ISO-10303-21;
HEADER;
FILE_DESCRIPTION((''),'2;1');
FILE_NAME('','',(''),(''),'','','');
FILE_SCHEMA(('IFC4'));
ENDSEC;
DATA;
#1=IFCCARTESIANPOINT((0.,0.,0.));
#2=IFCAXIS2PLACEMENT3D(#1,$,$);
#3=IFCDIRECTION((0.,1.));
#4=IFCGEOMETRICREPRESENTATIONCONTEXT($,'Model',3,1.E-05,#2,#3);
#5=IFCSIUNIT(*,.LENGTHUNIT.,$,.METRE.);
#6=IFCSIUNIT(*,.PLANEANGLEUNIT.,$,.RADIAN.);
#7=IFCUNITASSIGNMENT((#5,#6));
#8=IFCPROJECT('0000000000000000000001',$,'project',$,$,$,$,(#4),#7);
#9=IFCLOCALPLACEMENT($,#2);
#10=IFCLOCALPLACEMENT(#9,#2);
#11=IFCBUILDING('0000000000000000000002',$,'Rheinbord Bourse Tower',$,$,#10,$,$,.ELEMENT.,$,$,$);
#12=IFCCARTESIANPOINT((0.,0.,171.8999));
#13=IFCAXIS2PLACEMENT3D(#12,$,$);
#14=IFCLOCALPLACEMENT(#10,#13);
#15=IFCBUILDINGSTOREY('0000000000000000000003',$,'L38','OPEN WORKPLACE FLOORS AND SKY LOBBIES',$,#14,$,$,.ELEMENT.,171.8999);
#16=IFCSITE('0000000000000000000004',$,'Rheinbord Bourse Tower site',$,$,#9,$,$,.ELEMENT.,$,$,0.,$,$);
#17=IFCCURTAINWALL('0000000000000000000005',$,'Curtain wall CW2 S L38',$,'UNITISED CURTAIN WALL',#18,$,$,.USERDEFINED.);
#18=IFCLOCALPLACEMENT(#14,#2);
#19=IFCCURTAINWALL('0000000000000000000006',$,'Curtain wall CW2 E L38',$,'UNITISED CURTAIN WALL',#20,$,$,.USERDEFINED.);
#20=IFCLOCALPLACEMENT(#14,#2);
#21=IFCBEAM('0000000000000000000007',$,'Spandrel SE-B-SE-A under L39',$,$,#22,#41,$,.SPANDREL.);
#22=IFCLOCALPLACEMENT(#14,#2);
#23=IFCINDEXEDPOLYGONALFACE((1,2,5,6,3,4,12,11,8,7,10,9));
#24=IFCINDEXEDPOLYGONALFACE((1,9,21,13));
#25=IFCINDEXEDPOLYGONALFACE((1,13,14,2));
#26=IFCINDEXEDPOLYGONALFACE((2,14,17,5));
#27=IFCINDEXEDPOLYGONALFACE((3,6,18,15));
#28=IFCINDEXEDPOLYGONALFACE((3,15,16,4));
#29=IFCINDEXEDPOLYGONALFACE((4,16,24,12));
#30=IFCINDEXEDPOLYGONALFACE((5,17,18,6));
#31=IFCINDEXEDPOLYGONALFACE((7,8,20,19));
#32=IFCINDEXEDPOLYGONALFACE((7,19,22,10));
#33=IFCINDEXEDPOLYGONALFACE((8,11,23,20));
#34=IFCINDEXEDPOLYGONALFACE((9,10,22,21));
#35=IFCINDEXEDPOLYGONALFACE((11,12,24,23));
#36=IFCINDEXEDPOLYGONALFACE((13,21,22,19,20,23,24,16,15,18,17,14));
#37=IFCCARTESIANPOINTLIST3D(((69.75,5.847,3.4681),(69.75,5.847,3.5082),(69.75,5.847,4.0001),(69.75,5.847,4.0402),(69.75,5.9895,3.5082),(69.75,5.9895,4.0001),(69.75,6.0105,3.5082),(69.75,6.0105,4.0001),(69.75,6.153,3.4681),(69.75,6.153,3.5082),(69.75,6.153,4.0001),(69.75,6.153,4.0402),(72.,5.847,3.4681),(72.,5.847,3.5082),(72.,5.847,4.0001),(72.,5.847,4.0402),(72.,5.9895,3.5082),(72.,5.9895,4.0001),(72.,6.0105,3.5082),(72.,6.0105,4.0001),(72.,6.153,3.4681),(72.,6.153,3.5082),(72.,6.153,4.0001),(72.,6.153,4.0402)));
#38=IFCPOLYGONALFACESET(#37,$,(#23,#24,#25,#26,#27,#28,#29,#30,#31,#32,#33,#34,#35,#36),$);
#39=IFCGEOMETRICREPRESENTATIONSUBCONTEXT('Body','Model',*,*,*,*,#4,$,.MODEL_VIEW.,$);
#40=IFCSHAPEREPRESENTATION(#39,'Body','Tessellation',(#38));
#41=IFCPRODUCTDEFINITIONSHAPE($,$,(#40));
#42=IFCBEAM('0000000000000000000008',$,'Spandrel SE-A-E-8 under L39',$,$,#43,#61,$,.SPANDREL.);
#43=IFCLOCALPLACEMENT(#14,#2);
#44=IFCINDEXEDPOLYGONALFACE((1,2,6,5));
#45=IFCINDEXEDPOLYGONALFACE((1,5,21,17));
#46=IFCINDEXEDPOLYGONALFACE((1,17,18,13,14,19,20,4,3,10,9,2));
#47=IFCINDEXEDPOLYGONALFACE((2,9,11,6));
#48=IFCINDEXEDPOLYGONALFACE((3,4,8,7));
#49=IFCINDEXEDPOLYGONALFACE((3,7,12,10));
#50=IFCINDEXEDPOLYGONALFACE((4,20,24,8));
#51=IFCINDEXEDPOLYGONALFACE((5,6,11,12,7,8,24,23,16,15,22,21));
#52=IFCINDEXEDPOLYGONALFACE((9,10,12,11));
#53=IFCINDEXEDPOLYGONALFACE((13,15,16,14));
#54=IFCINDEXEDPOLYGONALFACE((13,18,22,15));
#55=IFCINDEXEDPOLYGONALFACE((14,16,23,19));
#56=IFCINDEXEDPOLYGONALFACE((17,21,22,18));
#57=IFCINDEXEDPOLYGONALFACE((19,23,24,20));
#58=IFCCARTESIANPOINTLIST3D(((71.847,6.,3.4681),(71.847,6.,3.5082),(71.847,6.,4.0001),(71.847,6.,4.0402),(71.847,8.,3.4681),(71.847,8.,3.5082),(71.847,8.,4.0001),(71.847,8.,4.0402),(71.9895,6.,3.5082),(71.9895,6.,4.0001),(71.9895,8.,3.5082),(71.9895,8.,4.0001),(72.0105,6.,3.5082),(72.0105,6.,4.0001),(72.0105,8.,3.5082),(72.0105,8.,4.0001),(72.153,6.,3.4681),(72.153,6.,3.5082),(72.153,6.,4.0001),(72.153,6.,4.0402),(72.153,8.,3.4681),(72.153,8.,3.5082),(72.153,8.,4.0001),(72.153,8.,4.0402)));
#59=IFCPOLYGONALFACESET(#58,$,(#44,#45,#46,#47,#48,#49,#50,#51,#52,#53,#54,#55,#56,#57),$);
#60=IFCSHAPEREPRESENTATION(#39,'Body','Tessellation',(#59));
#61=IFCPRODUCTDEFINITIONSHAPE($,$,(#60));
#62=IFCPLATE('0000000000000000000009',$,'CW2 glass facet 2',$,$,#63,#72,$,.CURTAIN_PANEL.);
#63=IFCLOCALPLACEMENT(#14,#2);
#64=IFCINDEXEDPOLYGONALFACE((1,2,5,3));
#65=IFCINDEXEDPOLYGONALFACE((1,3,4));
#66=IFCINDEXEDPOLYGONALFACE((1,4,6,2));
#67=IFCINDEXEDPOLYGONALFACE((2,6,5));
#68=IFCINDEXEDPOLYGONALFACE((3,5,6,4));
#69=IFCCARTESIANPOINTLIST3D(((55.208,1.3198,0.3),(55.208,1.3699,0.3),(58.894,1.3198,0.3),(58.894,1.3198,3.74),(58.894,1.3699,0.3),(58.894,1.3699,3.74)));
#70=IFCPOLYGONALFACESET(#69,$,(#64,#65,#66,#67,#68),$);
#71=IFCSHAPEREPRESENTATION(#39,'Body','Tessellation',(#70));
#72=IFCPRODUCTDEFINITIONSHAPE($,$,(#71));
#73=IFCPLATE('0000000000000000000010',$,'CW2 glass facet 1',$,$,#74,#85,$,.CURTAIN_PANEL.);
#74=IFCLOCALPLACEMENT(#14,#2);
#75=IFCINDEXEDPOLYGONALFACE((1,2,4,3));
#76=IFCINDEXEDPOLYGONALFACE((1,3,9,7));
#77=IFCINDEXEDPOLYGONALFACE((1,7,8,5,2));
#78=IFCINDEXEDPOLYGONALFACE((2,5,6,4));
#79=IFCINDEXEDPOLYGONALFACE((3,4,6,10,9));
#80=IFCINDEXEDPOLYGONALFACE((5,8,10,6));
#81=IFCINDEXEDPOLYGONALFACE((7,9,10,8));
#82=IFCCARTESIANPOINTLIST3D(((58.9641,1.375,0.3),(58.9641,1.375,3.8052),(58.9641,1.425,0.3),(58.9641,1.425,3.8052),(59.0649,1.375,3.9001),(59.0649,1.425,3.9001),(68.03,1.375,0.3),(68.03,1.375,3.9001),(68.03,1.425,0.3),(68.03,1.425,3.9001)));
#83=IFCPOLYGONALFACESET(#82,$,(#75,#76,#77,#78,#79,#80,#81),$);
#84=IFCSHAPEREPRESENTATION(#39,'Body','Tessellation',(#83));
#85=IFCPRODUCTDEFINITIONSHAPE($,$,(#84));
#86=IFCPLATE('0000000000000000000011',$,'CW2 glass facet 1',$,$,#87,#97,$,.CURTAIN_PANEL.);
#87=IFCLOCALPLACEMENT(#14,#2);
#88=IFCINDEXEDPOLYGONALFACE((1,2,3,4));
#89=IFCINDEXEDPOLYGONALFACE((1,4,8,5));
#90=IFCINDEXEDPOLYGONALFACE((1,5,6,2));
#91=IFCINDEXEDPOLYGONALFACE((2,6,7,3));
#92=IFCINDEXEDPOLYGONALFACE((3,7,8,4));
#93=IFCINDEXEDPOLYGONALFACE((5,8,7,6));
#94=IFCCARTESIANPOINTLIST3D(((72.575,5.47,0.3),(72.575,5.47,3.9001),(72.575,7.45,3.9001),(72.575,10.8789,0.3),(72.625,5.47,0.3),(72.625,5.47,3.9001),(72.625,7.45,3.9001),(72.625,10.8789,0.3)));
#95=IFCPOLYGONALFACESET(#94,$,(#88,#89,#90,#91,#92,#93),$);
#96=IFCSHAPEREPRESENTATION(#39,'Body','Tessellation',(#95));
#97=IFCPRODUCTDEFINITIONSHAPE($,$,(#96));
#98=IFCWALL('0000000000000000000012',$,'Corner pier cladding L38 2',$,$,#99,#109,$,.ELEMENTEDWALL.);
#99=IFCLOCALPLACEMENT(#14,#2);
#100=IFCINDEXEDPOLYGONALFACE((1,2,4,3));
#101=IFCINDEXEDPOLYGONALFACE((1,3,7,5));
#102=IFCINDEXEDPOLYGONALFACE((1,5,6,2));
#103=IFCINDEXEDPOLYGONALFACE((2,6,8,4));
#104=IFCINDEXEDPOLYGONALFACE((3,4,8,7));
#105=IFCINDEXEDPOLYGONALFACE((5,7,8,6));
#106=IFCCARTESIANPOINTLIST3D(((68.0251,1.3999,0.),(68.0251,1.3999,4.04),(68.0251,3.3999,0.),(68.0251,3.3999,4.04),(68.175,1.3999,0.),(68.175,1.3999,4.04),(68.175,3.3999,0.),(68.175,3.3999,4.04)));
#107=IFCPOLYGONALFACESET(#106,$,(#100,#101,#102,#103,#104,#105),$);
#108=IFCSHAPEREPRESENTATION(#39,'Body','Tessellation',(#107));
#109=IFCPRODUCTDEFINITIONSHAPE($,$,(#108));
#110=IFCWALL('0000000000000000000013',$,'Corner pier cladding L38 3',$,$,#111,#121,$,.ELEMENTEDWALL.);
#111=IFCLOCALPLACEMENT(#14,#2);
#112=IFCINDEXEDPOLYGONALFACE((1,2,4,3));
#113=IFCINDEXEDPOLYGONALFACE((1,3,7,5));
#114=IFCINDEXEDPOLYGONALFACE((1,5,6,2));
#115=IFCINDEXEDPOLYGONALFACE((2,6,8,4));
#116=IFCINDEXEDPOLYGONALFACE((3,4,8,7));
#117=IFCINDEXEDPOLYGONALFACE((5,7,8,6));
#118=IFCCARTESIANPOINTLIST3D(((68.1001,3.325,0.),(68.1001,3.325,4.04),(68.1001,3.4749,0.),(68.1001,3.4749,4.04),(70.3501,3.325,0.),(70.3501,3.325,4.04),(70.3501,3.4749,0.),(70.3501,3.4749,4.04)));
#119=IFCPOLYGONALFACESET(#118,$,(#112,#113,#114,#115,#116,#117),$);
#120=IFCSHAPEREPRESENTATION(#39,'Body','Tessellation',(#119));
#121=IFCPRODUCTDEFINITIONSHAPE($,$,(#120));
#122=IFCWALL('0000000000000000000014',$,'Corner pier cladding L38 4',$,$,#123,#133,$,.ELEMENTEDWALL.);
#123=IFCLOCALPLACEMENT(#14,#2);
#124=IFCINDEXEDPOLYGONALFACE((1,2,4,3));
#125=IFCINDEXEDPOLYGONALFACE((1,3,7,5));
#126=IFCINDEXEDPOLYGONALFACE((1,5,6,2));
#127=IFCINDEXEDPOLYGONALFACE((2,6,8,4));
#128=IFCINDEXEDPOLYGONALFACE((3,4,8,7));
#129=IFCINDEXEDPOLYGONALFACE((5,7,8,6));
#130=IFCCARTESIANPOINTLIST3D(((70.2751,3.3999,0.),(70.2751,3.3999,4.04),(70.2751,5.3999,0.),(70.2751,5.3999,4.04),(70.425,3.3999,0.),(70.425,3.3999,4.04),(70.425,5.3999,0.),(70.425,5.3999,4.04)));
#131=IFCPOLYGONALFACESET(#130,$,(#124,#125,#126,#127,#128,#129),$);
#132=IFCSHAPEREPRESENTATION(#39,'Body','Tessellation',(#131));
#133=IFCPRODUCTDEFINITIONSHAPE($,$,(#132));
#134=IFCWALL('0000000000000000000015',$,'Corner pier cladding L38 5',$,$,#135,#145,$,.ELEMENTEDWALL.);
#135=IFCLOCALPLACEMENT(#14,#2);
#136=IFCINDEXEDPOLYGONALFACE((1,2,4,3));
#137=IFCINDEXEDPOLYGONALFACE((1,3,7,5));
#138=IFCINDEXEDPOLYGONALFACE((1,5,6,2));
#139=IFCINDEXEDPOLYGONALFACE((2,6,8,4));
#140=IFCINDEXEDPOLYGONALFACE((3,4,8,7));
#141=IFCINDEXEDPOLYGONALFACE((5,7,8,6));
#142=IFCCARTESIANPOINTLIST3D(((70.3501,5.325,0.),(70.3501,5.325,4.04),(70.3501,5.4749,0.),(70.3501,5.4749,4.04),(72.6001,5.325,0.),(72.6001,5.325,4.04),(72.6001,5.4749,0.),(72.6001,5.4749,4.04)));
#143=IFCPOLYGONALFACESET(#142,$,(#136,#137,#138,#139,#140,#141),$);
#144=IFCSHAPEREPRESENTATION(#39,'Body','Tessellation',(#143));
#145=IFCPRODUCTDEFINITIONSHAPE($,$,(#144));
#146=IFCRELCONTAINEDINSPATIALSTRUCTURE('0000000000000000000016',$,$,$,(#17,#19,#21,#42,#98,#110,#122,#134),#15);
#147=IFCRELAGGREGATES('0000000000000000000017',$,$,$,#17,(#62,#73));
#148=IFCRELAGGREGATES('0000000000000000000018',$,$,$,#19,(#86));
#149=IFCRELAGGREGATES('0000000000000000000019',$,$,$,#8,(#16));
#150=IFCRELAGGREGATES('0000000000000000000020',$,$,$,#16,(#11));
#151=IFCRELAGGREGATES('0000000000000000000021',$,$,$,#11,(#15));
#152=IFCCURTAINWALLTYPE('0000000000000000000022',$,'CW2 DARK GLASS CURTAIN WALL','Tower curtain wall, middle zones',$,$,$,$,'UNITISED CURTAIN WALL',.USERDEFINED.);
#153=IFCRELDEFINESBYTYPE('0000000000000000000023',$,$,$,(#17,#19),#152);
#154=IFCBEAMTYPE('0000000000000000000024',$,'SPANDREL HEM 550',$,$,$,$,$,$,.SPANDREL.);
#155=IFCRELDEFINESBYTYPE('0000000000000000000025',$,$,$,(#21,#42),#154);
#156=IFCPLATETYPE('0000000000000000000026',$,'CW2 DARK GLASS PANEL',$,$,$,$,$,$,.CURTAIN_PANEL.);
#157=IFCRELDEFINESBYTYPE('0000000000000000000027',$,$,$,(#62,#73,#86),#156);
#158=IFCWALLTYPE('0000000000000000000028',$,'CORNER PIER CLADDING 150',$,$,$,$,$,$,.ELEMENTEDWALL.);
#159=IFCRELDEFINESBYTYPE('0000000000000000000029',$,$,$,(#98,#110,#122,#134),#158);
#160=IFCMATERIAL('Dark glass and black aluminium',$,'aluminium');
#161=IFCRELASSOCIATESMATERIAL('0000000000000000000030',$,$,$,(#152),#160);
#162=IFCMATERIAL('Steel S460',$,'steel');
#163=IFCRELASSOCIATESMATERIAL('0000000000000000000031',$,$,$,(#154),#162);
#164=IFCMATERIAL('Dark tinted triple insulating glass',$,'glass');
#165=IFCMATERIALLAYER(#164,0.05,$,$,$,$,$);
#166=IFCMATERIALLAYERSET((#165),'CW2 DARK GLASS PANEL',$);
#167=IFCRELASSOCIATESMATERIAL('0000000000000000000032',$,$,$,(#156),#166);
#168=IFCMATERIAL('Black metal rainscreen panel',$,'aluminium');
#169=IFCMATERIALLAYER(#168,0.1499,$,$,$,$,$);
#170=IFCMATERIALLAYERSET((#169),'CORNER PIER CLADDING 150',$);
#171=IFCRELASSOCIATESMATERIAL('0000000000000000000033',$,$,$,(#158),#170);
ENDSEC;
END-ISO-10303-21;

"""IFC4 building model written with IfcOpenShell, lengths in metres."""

from ifc_helpers import new_model, si_unit, direction, frame, frame_2d, origin, origin_2d, place, context, subcontext, project, spatial, polyline, rectangle, i_section, outline, extrude, material, layer, layer_set, material_profile, profile_set, type_object, element, aggregate, save


model = new_model("IFC4")

# Units and contexts
model_context = context("Model", 3, precision=1e-05, world=origin(), true_north=direction((0.0, 1.0)))
body_context = subcontext(model_context, "Body", "Model", "MODEL_VIEW")
ifc_project = project(units=[si_unit("LENGTHUNIT", "METRE"), si_unit("PLANEANGLEUNIT", "RADIAN")], contexts=[model_context])

# Site, building, storey
site_placement = place(None, origin())
site = spatial("IfcSite", under=ifc_project, at=site_placement, Name="Rheinbord Bourse Tower site", CompositionType="ELEMENT", RefElevation=0.0)
building_placement = place(site_placement, origin())
building = spatial("IfcBuilding", under=site, at=building_placement, Name="Rheinbord Bourse Tower", CompositionType="ELEMENT")
storey_placement = place(building_placement, frame((0.0, 0.0, 171.8999)))
storey = spatial("IfcBuildingStorey", under=building, at=storey_placement, Name="L38", Description="OPEN WORKPLACE FLOORS AND SKY LOBBIES", CompositionType="ELEMENT", Elevation=171.8999)

# Curtain wall
ifc_material_1 = material(Name="Dark glass and black aluminium", Category="aluminium")
curtain_wall_type = type_object("IfcCurtainWallType", Name="CW2 DARK GLASS CURTAIN WALL", Description="Tower curtain wall, middle zones", ElementType="UNITISED CURTAIN WALL", PredefinedType="USERDEFINED", material=ifc_material_1)
curtain_wall_1_placement = place(storey_placement, origin())
curtain_wall_1 = element("IfcCurtainWall", 1, at=curtain_wall_1_placement, inside=storey, type_object=curtain_wall_type, Name="Curtain wall CW2 S L38", ObjectType="UNITISED CURTAIN WALL", PredefinedType="USERDEFINED")

# Curtain wall
curtain_wall_2_placement = place(storey_placement, origin())
curtain_wall_2 = element("IfcCurtainWall", 2, at=curtain_wall_2_placement, inside=storey, type_object=curtain_wall_type, Name="Curtain wall CW2 E L38", ObjectType="UNITISED CURTAIN WALL", PredefinedType="USERDEFINED")

# Beams
ifc_material_2 = material(Name="Steel S460", Category="steel")
ifc_material_profile_1 = material_profile(ifc_material_2, i_section(OverallWidth=0.3059, OverallDepth=0.572, WebThickness=0.021, FlangeThickness=0.04, at=origin_2d()), Name="HEM 550")
ifc_profile_set_1 = profile_set([ifc_material_profile_1], Name="Steel S460")
beam_type_1 = type_object("IfcBeamType", Name="SPANDREL HEM 550", PredefinedType="SPANDREL", material=ifc_profile_set_1)
beam_1_placement = place(storey_placement, frame((69.75, 6.0, 3.7542), z_axis=(1.0, 0.0, 0.0), x_axis=(0.0, 1.0, 0.0)))
element("IfcBeam", 3, at=beam_1_placement, inside=storey, type_object=beam_type_1, Name="Spandrel SE-B-SE-A under L39", PredefinedType="SPANDREL", context=body_context, shape_type="SweptSolid", body=[
    extrude(i_section(OverallWidth=0.3059, OverallDepth=0.572, WebThickness=0.021, FlangeThickness=0.04, at=origin_2d()), origin(), (0.0, 0.0, 1.0), 2.25),
])
beam_2_placement = place(storey_placement, frame((72.0, 6.0, 3.7542), z_axis=(0.0, 1.0, 0.0), x_axis=(-1.0, 0.0, 0.0)))
element("IfcBeam", 4, at=beam_2_placement, inside=storey, type_object=beam_type_1, Name="Spandrel SE-A-E-8 under L39", PredefinedType="SPANDREL", context=body_context, shape_type="SweptSolid", body=[
    extrude(i_section(OverallWidth=0.3059, OverallDepth=0.572, WebThickness=0.021, FlangeThickness=0.04, at=origin_2d()), origin(), (0.0, 0.0, 1.0), 2.0),
])

# Plates
ifc_material_3 = material(Name="Dark tinted triple insulating glass", Category="glass")
ifc_layer_1 = layer(ifc_material_3, 0.05)
ifc_layer_set_1 = layer_set([ifc_layer_1], Name="CW2 DARK GLASS PANEL")
plate_type = type_object("IfcPlateType", Name="CW2 DARK GLASS PANEL", PredefinedType="CURTAIN_PANEL", material=ifc_layer_set_1)
plate_1_placement = place(storey_placement, frame((58.894, 1.3198, 0.3), z_axis=(0.0, 1.0, 0.0), x_axis=(-1.0, 0.0, 0.0)))
plate_1 = element("IfcPlate", 5, at=plate_1_placement, type_object=plate_type, Name="CW2 glass facet 2", PredefinedType="CURTAIN_PANEL", context=body_context, shape_type="SweptSolid", body=[
    extrude(outline(polyline([(0.0, 0.0), (3.686, 0.0), (0.0, 3.4399), (0.0, 0.0)])), origin(), (0.0, 0.0, 1.0), 0.05),
])
plate_2_placement = place(storey_placement, frame((68.03, 1.375, 3.9001), z_axis=(0.0, 1.0, 0.0), x_axis=(0.0, 0.0, -1.0)))
plate_2 = element("IfcPlate", 6, at=plate_2_placement, type_object=plate_type, Name="CW2 glass facet 1", PredefinedType="CURTAIN_PANEL", context=body_context, shape_type="SweptSolid", body=[
    extrude(outline(polyline([(0.0, 0.0), (3.6001, 0.0), (3.6001, 9.0659), (0.095, 9.0659), (0.0, 8.9651), (0.0, 0.0)])), origin(), (0.0, 0.0, 1.0), 0.05),
])
aggregate(curtain_wall_1, [plate_1, plate_2])
plate_3_placement = place(storey_placement, frame((72.625, 5.47, 0.3), z_axis=(-1.0, 0.0, 0.0), x_axis=(0.0, 0.0, 1.0)))
plate_3 = element("IfcPlate", 7, at=plate_3_placement, type_object=plate_type, Name="CW2 glass facet 1", PredefinedType="CURTAIN_PANEL", context=body_context, shape_type="SweptSolid", body=[
    extrude(outline(polyline([(0.0, 0.0), (3.6001, 0.0), (3.6001, 1.98), (0.0, 5.4089), (0.0, 0.0)])), origin(), (0.0, 0.0, 1.0), 0.05),
])
aggregate(curtain_wall_2, [plate_3])

# Walls
ifc_material_4 = material(Name="Black metal rainscreen panel", Category="aluminium")
ifc_layer_2 = layer(ifc_material_4, 0.1499)
ifc_layer_set_2 = layer_set([ifc_layer_2], Name="CORNER PIER CLADDING 150")
wall_type = type_object("IfcWallType", Name="CORNER PIER CLADDING 150", PredefinedType="ELEMENTEDWALL", material=ifc_layer_set_2)
wall_1_placement = place(storey_placement, frame((68.1001, 1.3999, 0.0), z_axis=(0.0, 0.0, 1.0), x_axis=(0.0, 1.0, 0.0)))
element("IfcWall", 8, at=wall_1_placement, inside=storey, type_object=wall_type, Name="Corner pier cladding L38 2", PredefinedType="ELEMENTEDWALL", context=body_context, shape_type="SweptSolid", body=[
    extrude(rectangle(XDim=2.0, YDim=0.1499, at=frame_2d((1.0, 0.0))), origin(), (0.0, 0.0, 1.0), 4.04),
])
wall_2_placement = place(storey_placement, frame((68.1001, 3.3999, 0.0), z_axis=(0.0, 0.0, 1.0), x_axis=(1.0, 0.0, 0.0)))
element("IfcWall", 9, at=wall_2_placement, inside=storey, type_object=wall_type, Name="Corner pier cladding L38 3", PredefinedType="ELEMENTEDWALL", context=body_context, shape_type="SweptSolid", body=[
    extrude(rectangle(XDim=2.25, YDim=0.1499, at=frame_2d((1.125, 0.0))), origin(), (0.0, 0.0, 1.0), 4.04),
])
wall_3_placement = place(storey_placement, frame((70.3501, 3.3999, 0.0), z_axis=(0.0, 0.0, 1.0), x_axis=(0.0, 1.0, 0.0)))
element("IfcWall", 10, at=wall_3_placement, inside=storey, type_object=wall_type, Name="Corner pier cladding L38 4", PredefinedType="ELEMENTEDWALL", context=body_context, shape_type="SweptSolid", body=[
    extrude(rectangle(XDim=2.0, YDim=0.1499, at=frame_2d((1.0, 0.0))), origin(), (0.0, 0.0, 1.0), 4.04),
])
wall_4_placement = place(storey_placement, frame((70.3501, 5.3999, 0.0), z_axis=(0.0, 0.0, 1.0), x_axis=(1.0, 0.0, 0.0)))
element("IfcWall", 11, at=wall_4_placement, inside=storey, type_object=wall_type, Name="Corner pier cladding L38 5", PredefinedType="ELEMENTEDWALL", context=body_context, shape_type="SweptSolid", body=[
    extrude(rectangle(XDim=2.25, YDim=0.1499, at=frame_2d((1.125, 0.0))), origin(), (0.0, 0.0, 1.0), 4.04),
])

save(model, "model.ifc")
